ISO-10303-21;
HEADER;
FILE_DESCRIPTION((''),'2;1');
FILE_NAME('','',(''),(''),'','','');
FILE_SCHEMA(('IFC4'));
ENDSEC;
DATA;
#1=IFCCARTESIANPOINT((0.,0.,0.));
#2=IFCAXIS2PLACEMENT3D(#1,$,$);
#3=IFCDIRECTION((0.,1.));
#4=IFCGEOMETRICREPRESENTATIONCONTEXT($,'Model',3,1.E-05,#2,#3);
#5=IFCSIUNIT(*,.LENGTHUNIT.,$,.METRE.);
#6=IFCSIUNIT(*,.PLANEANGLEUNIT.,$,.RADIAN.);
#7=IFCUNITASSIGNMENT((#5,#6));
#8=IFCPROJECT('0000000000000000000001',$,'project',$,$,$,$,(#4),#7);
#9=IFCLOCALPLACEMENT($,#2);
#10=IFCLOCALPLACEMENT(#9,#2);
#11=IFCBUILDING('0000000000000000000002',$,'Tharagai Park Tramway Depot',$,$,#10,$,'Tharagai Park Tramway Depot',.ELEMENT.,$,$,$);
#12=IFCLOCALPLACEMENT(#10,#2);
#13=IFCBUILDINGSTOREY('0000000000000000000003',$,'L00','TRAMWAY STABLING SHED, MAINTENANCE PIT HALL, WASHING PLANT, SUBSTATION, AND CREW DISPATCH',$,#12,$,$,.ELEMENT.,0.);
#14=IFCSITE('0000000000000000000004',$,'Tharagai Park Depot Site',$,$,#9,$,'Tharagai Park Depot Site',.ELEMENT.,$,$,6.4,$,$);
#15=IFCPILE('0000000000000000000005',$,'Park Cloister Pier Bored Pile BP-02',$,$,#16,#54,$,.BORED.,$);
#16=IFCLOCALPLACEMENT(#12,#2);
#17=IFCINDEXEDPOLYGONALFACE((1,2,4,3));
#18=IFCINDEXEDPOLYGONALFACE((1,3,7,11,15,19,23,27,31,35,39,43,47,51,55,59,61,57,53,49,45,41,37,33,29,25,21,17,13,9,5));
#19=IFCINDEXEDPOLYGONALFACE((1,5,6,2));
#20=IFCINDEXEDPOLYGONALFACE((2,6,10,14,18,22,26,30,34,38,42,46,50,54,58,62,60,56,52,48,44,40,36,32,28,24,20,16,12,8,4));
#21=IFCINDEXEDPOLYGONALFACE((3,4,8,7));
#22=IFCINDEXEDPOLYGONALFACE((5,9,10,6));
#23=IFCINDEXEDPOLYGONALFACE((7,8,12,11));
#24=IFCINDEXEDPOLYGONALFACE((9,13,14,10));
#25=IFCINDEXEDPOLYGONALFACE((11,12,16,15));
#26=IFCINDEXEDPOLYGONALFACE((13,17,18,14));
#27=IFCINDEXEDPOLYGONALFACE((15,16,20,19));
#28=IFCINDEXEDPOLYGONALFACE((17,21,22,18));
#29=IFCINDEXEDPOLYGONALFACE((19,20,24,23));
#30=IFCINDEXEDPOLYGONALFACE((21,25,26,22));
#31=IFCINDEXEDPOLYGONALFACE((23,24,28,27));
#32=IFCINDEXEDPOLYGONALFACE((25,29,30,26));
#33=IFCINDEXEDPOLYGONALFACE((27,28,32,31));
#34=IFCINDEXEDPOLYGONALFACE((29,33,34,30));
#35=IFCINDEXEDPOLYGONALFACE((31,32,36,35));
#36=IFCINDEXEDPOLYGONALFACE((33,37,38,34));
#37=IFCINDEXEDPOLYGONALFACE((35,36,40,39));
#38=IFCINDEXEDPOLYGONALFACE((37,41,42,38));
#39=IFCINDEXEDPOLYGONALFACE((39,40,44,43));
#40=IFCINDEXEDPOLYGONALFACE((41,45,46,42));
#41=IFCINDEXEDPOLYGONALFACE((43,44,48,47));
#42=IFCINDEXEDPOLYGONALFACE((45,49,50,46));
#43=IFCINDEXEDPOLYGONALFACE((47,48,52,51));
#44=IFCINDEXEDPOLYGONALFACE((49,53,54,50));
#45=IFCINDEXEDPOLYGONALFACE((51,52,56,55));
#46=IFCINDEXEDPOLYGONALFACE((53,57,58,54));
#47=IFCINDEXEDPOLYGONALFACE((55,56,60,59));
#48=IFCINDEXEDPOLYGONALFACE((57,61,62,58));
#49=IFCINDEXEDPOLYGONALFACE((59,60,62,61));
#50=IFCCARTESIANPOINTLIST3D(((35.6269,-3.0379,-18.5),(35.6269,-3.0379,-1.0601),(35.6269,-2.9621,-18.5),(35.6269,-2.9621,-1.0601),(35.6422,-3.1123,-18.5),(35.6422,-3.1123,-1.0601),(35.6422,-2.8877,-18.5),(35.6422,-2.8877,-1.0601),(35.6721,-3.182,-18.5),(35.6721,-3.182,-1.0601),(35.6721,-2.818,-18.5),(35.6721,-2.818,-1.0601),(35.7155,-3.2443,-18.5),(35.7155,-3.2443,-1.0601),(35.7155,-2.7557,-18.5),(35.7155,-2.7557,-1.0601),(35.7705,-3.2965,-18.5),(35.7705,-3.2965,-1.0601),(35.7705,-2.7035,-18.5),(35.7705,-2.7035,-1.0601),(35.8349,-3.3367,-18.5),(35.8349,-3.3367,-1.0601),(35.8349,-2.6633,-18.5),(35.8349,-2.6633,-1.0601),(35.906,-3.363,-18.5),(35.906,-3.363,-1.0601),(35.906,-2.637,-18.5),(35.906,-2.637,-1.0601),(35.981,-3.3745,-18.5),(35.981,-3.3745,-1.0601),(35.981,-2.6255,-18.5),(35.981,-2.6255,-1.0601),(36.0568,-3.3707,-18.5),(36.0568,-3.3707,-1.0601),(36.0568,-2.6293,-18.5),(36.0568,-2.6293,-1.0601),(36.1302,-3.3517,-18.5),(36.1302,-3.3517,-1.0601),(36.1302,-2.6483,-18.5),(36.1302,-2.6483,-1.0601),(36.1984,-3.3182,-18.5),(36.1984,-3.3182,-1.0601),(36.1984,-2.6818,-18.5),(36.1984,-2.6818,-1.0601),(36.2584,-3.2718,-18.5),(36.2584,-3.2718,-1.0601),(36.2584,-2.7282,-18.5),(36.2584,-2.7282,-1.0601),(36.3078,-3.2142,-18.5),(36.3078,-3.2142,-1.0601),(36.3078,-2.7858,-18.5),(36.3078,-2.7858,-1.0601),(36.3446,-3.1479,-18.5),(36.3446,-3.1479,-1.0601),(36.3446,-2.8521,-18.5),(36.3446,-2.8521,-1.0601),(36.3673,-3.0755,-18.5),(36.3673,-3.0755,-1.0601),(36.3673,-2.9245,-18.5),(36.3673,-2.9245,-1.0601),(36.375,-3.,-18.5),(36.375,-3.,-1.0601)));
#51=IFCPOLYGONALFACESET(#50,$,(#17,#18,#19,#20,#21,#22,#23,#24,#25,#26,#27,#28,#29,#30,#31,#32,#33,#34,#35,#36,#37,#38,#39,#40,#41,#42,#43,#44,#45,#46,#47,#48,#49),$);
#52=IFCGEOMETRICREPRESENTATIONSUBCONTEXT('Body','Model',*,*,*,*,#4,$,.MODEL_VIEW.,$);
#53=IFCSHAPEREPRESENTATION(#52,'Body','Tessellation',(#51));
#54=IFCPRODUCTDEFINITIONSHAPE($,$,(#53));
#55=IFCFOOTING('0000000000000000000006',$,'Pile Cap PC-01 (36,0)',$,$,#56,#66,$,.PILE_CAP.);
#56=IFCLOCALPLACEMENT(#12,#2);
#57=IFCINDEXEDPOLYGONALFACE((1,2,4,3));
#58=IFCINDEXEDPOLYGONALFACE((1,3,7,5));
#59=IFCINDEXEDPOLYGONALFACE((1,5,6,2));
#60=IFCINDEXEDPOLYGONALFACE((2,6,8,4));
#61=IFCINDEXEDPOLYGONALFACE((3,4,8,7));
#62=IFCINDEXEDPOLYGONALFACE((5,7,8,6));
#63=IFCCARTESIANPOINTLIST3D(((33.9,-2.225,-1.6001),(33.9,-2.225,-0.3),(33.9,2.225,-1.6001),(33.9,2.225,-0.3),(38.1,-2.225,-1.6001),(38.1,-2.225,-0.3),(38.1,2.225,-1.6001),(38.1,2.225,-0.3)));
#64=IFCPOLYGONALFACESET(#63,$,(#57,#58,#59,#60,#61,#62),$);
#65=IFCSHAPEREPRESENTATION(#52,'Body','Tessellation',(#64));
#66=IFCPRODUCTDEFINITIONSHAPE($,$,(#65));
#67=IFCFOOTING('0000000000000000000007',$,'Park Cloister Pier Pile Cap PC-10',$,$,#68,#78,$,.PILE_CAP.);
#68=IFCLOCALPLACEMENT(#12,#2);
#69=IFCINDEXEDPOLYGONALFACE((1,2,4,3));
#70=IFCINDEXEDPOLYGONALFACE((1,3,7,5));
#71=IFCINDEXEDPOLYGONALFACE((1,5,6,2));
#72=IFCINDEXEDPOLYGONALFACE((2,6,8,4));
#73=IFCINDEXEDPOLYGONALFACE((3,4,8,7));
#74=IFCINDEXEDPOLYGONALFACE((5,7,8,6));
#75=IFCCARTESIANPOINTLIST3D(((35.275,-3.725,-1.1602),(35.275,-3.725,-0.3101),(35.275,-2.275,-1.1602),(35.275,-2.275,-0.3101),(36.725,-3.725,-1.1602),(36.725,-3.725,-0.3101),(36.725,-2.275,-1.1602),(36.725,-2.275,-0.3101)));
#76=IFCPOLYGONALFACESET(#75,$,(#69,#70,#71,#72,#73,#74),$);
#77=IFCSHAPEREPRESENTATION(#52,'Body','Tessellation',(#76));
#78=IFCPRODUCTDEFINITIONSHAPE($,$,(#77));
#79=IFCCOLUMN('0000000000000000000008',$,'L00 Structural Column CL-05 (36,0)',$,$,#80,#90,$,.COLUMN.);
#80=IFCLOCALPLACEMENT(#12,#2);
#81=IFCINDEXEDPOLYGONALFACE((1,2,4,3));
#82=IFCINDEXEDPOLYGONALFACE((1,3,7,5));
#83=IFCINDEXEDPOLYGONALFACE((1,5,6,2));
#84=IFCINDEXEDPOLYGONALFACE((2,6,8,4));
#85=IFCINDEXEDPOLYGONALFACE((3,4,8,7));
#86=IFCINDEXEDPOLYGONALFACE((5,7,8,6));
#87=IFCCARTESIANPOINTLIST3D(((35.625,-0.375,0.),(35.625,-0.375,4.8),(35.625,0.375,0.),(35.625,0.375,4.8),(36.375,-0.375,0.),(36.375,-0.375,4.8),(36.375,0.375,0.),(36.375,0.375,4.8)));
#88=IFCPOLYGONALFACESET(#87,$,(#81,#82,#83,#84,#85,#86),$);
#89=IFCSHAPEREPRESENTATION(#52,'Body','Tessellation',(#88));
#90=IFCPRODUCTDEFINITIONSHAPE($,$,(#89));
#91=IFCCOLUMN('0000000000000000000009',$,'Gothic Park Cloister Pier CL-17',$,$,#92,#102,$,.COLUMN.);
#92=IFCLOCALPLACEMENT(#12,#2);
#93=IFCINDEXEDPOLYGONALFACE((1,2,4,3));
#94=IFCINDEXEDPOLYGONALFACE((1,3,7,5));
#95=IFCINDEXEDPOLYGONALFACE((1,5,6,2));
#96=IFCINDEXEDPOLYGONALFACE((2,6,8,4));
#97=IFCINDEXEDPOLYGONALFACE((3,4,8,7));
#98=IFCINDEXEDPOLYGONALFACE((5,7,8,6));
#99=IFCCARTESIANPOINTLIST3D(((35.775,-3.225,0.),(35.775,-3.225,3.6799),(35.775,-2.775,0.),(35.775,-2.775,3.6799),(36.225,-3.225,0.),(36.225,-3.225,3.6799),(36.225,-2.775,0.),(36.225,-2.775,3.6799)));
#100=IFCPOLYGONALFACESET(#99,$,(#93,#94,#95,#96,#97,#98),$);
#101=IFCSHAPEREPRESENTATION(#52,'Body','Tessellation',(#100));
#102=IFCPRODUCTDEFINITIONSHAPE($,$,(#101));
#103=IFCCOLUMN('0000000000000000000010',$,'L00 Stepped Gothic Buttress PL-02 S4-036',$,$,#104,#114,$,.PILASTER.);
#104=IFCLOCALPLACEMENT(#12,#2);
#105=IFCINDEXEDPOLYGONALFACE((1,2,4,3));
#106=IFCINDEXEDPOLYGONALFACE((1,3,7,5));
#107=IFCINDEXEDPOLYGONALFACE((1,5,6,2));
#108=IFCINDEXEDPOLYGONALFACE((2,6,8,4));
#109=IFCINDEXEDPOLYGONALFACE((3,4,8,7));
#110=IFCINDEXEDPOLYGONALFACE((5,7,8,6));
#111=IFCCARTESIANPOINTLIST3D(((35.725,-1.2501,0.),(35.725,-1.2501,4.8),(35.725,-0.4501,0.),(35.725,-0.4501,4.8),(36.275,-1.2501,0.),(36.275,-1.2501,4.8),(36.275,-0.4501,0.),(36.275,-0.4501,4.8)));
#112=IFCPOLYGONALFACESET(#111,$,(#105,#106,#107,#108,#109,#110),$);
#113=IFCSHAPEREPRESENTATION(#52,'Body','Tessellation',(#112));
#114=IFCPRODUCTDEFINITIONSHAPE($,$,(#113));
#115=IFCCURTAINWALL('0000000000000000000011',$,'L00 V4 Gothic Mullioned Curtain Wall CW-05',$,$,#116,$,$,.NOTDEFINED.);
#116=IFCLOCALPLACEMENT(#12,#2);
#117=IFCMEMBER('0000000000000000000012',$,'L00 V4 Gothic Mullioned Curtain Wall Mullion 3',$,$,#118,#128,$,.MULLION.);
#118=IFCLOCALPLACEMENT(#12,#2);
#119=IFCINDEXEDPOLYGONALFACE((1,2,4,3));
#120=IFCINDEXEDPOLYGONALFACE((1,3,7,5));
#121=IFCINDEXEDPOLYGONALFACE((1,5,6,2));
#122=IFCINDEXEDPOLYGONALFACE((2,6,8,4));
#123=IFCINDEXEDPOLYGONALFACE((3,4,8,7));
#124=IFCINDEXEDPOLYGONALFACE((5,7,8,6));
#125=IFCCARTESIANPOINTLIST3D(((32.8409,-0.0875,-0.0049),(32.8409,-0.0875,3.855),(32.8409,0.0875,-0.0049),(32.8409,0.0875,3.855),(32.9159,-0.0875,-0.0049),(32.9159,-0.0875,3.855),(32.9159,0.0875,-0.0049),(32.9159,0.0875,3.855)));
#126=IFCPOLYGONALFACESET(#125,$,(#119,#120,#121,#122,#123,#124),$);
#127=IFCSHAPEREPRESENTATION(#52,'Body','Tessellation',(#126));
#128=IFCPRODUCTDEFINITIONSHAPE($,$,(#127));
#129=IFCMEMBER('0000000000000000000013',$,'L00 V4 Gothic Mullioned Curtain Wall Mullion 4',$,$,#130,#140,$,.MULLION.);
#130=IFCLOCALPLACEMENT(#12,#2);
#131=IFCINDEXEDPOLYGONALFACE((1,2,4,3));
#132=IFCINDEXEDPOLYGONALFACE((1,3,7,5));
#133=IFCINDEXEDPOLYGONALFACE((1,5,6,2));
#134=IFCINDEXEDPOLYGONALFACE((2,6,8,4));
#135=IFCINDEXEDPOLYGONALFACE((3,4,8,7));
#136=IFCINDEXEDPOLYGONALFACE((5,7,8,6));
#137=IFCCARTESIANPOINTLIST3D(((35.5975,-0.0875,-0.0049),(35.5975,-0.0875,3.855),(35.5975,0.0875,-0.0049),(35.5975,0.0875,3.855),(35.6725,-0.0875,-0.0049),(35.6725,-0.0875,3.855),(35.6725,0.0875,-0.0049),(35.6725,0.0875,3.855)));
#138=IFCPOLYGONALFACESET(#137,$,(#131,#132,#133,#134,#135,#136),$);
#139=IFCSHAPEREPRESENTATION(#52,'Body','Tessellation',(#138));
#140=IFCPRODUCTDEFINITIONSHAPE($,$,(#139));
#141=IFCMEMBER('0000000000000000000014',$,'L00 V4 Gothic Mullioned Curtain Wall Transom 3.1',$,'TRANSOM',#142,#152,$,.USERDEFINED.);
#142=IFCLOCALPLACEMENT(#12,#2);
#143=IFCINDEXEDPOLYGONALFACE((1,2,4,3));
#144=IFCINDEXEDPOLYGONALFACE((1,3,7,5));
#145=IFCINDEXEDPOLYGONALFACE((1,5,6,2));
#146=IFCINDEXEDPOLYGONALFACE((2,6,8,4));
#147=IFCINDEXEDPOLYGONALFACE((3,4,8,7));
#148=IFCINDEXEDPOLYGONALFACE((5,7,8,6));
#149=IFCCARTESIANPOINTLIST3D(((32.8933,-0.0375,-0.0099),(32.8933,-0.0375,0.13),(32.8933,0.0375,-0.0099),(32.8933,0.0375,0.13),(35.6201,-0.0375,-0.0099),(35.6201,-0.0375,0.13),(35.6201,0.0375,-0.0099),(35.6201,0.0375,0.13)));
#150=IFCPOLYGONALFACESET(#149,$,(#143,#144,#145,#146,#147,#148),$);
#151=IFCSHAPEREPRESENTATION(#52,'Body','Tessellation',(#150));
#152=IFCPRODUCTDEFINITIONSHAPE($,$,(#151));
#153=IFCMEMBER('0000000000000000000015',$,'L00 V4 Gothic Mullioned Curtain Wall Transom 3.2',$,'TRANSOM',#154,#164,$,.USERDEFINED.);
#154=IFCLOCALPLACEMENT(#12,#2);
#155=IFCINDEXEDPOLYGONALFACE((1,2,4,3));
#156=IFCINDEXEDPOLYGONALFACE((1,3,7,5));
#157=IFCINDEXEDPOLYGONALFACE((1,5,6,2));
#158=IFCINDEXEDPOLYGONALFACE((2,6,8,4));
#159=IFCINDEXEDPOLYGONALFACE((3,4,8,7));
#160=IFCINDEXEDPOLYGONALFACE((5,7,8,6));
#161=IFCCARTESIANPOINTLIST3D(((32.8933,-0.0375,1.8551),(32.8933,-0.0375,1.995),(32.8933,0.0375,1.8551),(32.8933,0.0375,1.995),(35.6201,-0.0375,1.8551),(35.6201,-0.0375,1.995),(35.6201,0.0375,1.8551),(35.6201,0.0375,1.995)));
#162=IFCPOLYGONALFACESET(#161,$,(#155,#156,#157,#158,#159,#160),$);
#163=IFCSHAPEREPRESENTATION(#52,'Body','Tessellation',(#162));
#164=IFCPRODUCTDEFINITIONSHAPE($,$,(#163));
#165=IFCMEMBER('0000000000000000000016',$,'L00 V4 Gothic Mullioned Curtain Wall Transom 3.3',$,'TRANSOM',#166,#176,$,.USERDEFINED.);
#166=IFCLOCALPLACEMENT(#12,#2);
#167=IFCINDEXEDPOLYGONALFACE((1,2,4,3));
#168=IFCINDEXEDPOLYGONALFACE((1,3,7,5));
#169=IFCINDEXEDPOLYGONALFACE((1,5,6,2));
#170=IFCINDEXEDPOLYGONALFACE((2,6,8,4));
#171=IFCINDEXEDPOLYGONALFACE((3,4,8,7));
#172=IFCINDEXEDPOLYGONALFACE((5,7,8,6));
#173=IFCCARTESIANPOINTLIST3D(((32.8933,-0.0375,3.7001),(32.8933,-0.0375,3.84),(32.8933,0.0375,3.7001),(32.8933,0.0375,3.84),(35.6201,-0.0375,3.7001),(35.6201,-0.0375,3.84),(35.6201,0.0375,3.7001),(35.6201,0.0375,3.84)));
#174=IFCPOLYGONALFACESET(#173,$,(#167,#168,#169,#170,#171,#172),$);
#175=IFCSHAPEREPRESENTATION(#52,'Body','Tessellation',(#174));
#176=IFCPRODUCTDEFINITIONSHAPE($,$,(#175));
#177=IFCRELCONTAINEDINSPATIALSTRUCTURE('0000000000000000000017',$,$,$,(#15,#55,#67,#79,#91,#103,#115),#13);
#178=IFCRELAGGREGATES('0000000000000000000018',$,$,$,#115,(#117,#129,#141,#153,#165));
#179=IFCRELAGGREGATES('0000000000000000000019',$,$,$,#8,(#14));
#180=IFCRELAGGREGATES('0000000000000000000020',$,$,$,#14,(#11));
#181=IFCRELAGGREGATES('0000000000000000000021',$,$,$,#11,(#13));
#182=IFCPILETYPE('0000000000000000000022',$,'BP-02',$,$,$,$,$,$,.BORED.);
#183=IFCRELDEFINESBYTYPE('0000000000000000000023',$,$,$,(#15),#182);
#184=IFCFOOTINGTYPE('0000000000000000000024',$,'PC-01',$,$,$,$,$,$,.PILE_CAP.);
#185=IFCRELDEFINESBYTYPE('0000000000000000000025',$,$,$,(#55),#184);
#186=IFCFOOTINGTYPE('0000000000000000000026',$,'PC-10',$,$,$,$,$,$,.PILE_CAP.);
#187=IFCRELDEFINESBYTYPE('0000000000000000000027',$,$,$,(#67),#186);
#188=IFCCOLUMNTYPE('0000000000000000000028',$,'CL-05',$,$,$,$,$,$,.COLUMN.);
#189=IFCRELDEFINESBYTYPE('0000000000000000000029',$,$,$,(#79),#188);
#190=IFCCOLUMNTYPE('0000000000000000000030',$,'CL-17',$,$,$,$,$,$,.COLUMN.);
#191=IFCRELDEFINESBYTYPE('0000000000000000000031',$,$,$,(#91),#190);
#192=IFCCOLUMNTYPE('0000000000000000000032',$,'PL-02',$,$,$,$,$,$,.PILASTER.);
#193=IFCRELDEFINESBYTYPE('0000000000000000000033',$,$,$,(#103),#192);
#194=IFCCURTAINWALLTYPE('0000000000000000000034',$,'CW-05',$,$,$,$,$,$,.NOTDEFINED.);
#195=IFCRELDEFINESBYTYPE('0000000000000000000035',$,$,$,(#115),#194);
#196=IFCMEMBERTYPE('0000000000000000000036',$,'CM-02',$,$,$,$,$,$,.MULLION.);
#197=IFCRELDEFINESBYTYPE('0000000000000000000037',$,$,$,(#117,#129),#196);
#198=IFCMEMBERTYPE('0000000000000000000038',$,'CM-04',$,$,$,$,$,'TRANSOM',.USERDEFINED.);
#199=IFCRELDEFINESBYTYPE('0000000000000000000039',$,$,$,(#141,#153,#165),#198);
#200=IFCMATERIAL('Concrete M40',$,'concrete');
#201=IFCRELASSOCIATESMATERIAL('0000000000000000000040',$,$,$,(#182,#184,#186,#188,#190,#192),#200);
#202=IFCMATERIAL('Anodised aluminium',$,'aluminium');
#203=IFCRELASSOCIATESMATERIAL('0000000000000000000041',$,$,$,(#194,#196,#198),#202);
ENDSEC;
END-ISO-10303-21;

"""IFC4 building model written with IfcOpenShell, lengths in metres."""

from ifc_helpers import new_model, si_unit, direction, frame, origin, origin_2d, place, context, subcontext, project, spatial, rectangle, circle, extrude, material, material_profile, profile_set, type_object, element, aggregate, save


model = new_model("IFC4")

# Units and contexts
model_context = context("Model", 3, precision=1e-05, world=origin(), true_north=direction((0.0, 1.0)))
body_context = subcontext(model_context, "Body", "Model", "MODEL_VIEW")
ifc_project = project(units=[si_unit("LENGTHUNIT", "METRE"), si_unit("PLANEANGLEUNIT", "RADIAN")], contexts=[model_context])

# Site, building, storey
site_placement = place(None, origin())
site = spatial("IfcSite", under=ifc_project, at=site_placement, Name="Tharagai Park Depot Site", LongName="Tharagai Park Depot Site", CompositionType="ELEMENT", RefElevation=6.4)
building_placement = place(site_placement, origin())
building = spatial("IfcBuilding", under=site, at=building_placement, Name="Tharagai Park Tramway Depot", LongName="Tharagai Park Tramway Depot", CompositionType="ELEMENT")
storey_placement = place(building_placement, origin())
storey = spatial("IfcBuildingStorey", under=building, at=storey_placement, Name="L00", Description="TRAMWAY STABLING SHED, MAINTENANCE PIT HALL, WASHING PLANT, SUBSTATION, AND CREW DISPATCH", CompositionType="ELEMENT", Elevation=0.0)

# Pile
ifc_material_1 = material(Name="Concrete M40", Category="concrete")
ifc_material_profile_1 = material_profile(ifc_material_1, circle(Radius=0.375, at=origin_2d()), Name="PILE D750")
ifc_profile_set_1 = profile_set([ifc_material_profile_1], Name="Concrete M40")
pile_type_1 = type_object("IfcPileType", Name="BP-02", PredefinedType="BORED", material=ifc_profile_set_1)
pile_placement = place(storey_placement, frame((36.0, -3.0, -1.0601), z_axis=(0.0, 0.0, -1.0), x_axis=(1.0, 0.0, 0.0)))
element("IfcPile", 1, at=pile_placement, inside=storey, type_object=pile_type_1, Name="Park Cloister Pier Bored Pile BP-02", PredefinedType="BORED", context=body_context, shape_type="SweptSolid", body=[
    extrude(circle(Radius=0.375, at=origin_2d()), origin(), (0.0, 0.0, 1.0), 17.4399),
])

# Footings
footing_type_1 = type_object("IfcFootingType", Name="PC-01", PredefinedType="PILE_CAP", material=ifc_material_1)
footing_1_placement = place(storey_placement, frame((36.0, 0.0, -1.6001), z_axis=(0.0, 0.0, 1.0), x_axis=(1.0, 0.0, 0.0)))
element("IfcFooting", 2, at=footing_1_placement, inside=storey, type_object=footing_type_1, Name="Pile Cap PC-01 (36,0)", PredefinedType="PILE_CAP", context=body_context, shape_type="SweptSolid", body=[
    extrude(rectangle(XDim=4.2, YDim=4.45, at=origin_2d()), origin(), (0.0, 0.0, 1.0), 1.3),
])
footing_type_2 = type_object("IfcFootingType", Name="PC-10", PredefinedType="PILE_CAP", material=ifc_material_1)
footing_2_placement = place(storey_placement, frame((36.0, -3.0, -1.1602), z_axis=(0.0, 0.0, 1.0), x_axis=(1.0, 0.0, 0.0)))
element("IfcFooting", 3, at=footing_2_placement, inside=storey, type_object=footing_type_2, Name="Park Cloister Pier Pile Cap PC-10", PredefinedType="PILE_CAP", context=body_context, shape_type="SweptSolid", body=[
    extrude(rectangle(XDim=1.45, YDim=1.45, at=origin_2d()), origin(), (0.0, 0.0, 1.0), 0.8501),
])

# Columns
ifc_material_profile_2 = material_profile(ifc_material_1, rectangle(XDim=0.75, YDim=0.75, at=origin_2d()), Name="RC 750x750")
ifc_profile_set_2 = profile_set([ifc_material_profile_2], Name="Concrete M40")
column_type_1 = type_object("IfcColumnType", Name="CL-05", PredefinedType="COLUMN", material=ifc_profile_set_2)
column_1_placement = place(storey_placement, frame((36.0, 0.0, 0.0), z_axis=(0.0, 0.0, 1.0), x_axis=(1.0, 0.0, 0.0)))
element("IfcColumn", 4, at=column_1_placement, inside=storey, type_object=column_type_1, Name="L00 Structural Column CL-05 (36,0)", PredefinedType="COLUMN", context=body_context, shape_type="SweptSolid", body=[
    extrude(rectangle(XDim=0.75, YDim=0.75, at=origin_2d()), origin(), (0.0, 0.0, 1.0), 4.8),
])
ifc_material_profile_3 = material_profile(ifc_material_1, rectangle(XDim=0.45, YDim=0.45, at=origin_2d()), Name="RC 450x450")
ifc_profile_set_3 = profile_set([ifc_material_profile_3], Name="Concrete M40")
column_type_2 = type_object("IfcColumnType", Name="CL-17", PredefinedType="COLUMN", material=ifc_profile_set_3)
column_2_placement = place(storey_placement, frame((36.0, -3.0, 0.0), z_axis=(0.0, 0.0, 1.0), x_axis=(1.0, 0.0, 0.0)))
element("IfcColumn", 5, at=column_2_placement, inside=storey, type_object=column_type_2, Name="Gothic Park Cloister Pier CL-17", PredefinedType="COLUMN", context=body_context, shape_type="SweptSolid", body=[
    extrude(rectangle(XDim=0.45, YDim=0.45, at=origin_2d()), origin(), (0.0, 0.0, 1.0), 3.6799),
])
ifc_material_profile_4 = material_profile(ifc_material_1, rectangle(XDim=0.55, YDim=0.8, at=origin_2d()), Name="RC 550x800")
ifc_profile_set_4 = profile_set([ifc_material_profile_4], Name="Concrete M40")
column_type_3 = type_object("IfcColumnType", Name="PL-02", PredefinedType="PILASTER", material=ifc_profile_set_4)
column_3_placement = place(storey_placement, frame((36.0, -0.8501, 0.0), z_axis=(0.0, 0.0, 1.0), x_axis=(1.0, 0.0, 0.0)))
element("IfcColumn", 6, at=column_3_placement, inside=storey, type_object=column_type_3, Name="L00 Stepped Gothic Buttress PL-02 S4-036", PredefinedType="PILASTER", context=body_context, shape_type="SweptSolid", body=[
    extrude(rectangle(XDim=0.55, YDim=0.8, at=origin_2d()), origin(), (0.0, 0.0, 1.0), 4.8),
])

# Curtain wall, members
ifc_material_2 = material(Name="Anodised aluminium", Category="aluminium")
curtain_wall_type = type_object("IfcCurtainWallType", Name="CW-05", PredefinedType="NOTDEFINED", material=ifc_material_2)
curtain_wall_placement = place(storey_placement, origin())
curtain_wall = element("IfcCurtainWall", 7, at=curtain_wall_placement, inside=storey, type_object=curtain_wall_type, Name="L00 V4 Gothic Mullioned Curtain Wall CW-05", PredefinedType="NOTDEFINED")
ifc_material_profile_5 = material_profile(ifc_material_2, rectangle(XDim=0.075, YDim=0.175, at=origin_2d()), Name="ALU 75x175")
ifc_profile_set_5 = profile_set([ifc_material_profile_5], Name="Anodised aluminium")
member_type_1 = type_object("IfcMemberType", Name="CM-02", PredefinedType="MULLION", material=ifc_profile_set_5)
member_1_placement = place(storey_placement, frame((32.8784, 0.0, -0.0049), z_axis=(0.0, 0.0, 1.0), x_axis=(1.0, 0.0, 0.0)))
member_1 = element("IfcMember", 8, at=member_1_placement, type_object=member_type_1, Name="L00 V4 Gothic Mullioned Curtain Wall Mullion 3", PredefinedType="MULLION", context=body_context, shape_type="SweptSolid", body=[
    extrude(rectangle(XDim=0.075, YDim=0.175, at=origin_2d()), origin(), (0.0, 0.0, 1.0), 3.8599),
])
member_2_placement = place(storey_placement, frame((35.635, 0.0, -0.0049), z_axis=(0.0, 0.0, 1.0), x_axis=(1.0, 0.0, 0.0)))
member_2 = element("IfcMember", 9, at=member_2_placement, type_object=member_type_1, Name="L00 V4 Gothic Mullioned Curtain Wall Mullion 4", PredefinedType="MULLION", context=body_context, shape_type="SweptSolid", body=[
    extrude(rectangle(XDim=0.075, YDim=0.175, at=origin_2d()), origin(), (0.0, 0.0, 1.0), 3.8599),
])
ifc_material_profile_6 = material_profile(ifc_material_2, rectangle(XDim=0.075, YDim=0.1399, at=origin_2d()), Name="ALU 75x140")
ifc_profile_set_6 = profile_set([ifc_material_profile_6], Name="Anodised aluminium")
member_type_2 = type_object("IfcMemberType", Name="CM-04", ElementType="TRANSOM", PredefinedType="USERDEFINED", material=ifc_profile_set_6)
member_3_placement = place(storey_placement, frame((32.8933, 0.0, 0.0601), z_axis=(1.0, 0.0, 0.0), x_axis=(0.0, 1.0, 0.0)))
member_3 = element("IfcMember", 10, at=member_3_placement, type_object=member_type_2, Name="L00 V4 Gothic Mullioned Curtain Wall Transom 3.1", ObjectType="TRANSOM", PredefinedType="USERDEFINED", context=body_context, shape_type="SweptSolid", body=[
    extrude(rectangle(XDim=0.075, YDim=0.1399, at=origin_2d()), origin(), (0.0, 0.0, 1.0), 2.7268),
])
member_4_placement = place(storey_placement, frame((32.8933, 0.0, 1.925), z_axis=(1.0, 0.0, 0.0), x_axis=(0.0, 1.0, 0.0)))
member_4 = element("IfcMember", 11, at=member_4_placement, type_object=member_type_2, Name="L00 V4 Gothic Mullioned Curtain Wall Transom 3.2", ObjectType="TRANSOM", PredefinedType="USERDEFINED", context=body_context, shape_type="SweptSolid", body=[
    extrude(rectangle(XDim=0.075, YDim=0.1399, at=origin_2d()), origin(), (0.0, 0.0, 1.0), 2.7268),
])
member_5_placement = place(storey_placement, frame((32.8933, 0.0, 3.77), z_axis=(1.0, 0.0, 0.0), x_axis=(0.0, 1.0, 0.0)))
member_5 = element("IfcMember", 12, at=member_5_placement, type_object=member_type_2, Name="L00 V4 Gothic Mullioned Curtain Wall Transom 3.3", ObjectType="TRANSOM", PredefinedType="USERDEFINED", context=body_context, shape_type="SweptSolid", body=[
    extrude(rectangle(XDim=0.075, YDim=0.1399, at=origin_2d()), origin(), (0.0, 0.0, 1.0), 2.7268),
])
aggregate(curtain_wall, [member_1, member_2, member_3, member_4, member_5])

save(model, "model.ifc")
